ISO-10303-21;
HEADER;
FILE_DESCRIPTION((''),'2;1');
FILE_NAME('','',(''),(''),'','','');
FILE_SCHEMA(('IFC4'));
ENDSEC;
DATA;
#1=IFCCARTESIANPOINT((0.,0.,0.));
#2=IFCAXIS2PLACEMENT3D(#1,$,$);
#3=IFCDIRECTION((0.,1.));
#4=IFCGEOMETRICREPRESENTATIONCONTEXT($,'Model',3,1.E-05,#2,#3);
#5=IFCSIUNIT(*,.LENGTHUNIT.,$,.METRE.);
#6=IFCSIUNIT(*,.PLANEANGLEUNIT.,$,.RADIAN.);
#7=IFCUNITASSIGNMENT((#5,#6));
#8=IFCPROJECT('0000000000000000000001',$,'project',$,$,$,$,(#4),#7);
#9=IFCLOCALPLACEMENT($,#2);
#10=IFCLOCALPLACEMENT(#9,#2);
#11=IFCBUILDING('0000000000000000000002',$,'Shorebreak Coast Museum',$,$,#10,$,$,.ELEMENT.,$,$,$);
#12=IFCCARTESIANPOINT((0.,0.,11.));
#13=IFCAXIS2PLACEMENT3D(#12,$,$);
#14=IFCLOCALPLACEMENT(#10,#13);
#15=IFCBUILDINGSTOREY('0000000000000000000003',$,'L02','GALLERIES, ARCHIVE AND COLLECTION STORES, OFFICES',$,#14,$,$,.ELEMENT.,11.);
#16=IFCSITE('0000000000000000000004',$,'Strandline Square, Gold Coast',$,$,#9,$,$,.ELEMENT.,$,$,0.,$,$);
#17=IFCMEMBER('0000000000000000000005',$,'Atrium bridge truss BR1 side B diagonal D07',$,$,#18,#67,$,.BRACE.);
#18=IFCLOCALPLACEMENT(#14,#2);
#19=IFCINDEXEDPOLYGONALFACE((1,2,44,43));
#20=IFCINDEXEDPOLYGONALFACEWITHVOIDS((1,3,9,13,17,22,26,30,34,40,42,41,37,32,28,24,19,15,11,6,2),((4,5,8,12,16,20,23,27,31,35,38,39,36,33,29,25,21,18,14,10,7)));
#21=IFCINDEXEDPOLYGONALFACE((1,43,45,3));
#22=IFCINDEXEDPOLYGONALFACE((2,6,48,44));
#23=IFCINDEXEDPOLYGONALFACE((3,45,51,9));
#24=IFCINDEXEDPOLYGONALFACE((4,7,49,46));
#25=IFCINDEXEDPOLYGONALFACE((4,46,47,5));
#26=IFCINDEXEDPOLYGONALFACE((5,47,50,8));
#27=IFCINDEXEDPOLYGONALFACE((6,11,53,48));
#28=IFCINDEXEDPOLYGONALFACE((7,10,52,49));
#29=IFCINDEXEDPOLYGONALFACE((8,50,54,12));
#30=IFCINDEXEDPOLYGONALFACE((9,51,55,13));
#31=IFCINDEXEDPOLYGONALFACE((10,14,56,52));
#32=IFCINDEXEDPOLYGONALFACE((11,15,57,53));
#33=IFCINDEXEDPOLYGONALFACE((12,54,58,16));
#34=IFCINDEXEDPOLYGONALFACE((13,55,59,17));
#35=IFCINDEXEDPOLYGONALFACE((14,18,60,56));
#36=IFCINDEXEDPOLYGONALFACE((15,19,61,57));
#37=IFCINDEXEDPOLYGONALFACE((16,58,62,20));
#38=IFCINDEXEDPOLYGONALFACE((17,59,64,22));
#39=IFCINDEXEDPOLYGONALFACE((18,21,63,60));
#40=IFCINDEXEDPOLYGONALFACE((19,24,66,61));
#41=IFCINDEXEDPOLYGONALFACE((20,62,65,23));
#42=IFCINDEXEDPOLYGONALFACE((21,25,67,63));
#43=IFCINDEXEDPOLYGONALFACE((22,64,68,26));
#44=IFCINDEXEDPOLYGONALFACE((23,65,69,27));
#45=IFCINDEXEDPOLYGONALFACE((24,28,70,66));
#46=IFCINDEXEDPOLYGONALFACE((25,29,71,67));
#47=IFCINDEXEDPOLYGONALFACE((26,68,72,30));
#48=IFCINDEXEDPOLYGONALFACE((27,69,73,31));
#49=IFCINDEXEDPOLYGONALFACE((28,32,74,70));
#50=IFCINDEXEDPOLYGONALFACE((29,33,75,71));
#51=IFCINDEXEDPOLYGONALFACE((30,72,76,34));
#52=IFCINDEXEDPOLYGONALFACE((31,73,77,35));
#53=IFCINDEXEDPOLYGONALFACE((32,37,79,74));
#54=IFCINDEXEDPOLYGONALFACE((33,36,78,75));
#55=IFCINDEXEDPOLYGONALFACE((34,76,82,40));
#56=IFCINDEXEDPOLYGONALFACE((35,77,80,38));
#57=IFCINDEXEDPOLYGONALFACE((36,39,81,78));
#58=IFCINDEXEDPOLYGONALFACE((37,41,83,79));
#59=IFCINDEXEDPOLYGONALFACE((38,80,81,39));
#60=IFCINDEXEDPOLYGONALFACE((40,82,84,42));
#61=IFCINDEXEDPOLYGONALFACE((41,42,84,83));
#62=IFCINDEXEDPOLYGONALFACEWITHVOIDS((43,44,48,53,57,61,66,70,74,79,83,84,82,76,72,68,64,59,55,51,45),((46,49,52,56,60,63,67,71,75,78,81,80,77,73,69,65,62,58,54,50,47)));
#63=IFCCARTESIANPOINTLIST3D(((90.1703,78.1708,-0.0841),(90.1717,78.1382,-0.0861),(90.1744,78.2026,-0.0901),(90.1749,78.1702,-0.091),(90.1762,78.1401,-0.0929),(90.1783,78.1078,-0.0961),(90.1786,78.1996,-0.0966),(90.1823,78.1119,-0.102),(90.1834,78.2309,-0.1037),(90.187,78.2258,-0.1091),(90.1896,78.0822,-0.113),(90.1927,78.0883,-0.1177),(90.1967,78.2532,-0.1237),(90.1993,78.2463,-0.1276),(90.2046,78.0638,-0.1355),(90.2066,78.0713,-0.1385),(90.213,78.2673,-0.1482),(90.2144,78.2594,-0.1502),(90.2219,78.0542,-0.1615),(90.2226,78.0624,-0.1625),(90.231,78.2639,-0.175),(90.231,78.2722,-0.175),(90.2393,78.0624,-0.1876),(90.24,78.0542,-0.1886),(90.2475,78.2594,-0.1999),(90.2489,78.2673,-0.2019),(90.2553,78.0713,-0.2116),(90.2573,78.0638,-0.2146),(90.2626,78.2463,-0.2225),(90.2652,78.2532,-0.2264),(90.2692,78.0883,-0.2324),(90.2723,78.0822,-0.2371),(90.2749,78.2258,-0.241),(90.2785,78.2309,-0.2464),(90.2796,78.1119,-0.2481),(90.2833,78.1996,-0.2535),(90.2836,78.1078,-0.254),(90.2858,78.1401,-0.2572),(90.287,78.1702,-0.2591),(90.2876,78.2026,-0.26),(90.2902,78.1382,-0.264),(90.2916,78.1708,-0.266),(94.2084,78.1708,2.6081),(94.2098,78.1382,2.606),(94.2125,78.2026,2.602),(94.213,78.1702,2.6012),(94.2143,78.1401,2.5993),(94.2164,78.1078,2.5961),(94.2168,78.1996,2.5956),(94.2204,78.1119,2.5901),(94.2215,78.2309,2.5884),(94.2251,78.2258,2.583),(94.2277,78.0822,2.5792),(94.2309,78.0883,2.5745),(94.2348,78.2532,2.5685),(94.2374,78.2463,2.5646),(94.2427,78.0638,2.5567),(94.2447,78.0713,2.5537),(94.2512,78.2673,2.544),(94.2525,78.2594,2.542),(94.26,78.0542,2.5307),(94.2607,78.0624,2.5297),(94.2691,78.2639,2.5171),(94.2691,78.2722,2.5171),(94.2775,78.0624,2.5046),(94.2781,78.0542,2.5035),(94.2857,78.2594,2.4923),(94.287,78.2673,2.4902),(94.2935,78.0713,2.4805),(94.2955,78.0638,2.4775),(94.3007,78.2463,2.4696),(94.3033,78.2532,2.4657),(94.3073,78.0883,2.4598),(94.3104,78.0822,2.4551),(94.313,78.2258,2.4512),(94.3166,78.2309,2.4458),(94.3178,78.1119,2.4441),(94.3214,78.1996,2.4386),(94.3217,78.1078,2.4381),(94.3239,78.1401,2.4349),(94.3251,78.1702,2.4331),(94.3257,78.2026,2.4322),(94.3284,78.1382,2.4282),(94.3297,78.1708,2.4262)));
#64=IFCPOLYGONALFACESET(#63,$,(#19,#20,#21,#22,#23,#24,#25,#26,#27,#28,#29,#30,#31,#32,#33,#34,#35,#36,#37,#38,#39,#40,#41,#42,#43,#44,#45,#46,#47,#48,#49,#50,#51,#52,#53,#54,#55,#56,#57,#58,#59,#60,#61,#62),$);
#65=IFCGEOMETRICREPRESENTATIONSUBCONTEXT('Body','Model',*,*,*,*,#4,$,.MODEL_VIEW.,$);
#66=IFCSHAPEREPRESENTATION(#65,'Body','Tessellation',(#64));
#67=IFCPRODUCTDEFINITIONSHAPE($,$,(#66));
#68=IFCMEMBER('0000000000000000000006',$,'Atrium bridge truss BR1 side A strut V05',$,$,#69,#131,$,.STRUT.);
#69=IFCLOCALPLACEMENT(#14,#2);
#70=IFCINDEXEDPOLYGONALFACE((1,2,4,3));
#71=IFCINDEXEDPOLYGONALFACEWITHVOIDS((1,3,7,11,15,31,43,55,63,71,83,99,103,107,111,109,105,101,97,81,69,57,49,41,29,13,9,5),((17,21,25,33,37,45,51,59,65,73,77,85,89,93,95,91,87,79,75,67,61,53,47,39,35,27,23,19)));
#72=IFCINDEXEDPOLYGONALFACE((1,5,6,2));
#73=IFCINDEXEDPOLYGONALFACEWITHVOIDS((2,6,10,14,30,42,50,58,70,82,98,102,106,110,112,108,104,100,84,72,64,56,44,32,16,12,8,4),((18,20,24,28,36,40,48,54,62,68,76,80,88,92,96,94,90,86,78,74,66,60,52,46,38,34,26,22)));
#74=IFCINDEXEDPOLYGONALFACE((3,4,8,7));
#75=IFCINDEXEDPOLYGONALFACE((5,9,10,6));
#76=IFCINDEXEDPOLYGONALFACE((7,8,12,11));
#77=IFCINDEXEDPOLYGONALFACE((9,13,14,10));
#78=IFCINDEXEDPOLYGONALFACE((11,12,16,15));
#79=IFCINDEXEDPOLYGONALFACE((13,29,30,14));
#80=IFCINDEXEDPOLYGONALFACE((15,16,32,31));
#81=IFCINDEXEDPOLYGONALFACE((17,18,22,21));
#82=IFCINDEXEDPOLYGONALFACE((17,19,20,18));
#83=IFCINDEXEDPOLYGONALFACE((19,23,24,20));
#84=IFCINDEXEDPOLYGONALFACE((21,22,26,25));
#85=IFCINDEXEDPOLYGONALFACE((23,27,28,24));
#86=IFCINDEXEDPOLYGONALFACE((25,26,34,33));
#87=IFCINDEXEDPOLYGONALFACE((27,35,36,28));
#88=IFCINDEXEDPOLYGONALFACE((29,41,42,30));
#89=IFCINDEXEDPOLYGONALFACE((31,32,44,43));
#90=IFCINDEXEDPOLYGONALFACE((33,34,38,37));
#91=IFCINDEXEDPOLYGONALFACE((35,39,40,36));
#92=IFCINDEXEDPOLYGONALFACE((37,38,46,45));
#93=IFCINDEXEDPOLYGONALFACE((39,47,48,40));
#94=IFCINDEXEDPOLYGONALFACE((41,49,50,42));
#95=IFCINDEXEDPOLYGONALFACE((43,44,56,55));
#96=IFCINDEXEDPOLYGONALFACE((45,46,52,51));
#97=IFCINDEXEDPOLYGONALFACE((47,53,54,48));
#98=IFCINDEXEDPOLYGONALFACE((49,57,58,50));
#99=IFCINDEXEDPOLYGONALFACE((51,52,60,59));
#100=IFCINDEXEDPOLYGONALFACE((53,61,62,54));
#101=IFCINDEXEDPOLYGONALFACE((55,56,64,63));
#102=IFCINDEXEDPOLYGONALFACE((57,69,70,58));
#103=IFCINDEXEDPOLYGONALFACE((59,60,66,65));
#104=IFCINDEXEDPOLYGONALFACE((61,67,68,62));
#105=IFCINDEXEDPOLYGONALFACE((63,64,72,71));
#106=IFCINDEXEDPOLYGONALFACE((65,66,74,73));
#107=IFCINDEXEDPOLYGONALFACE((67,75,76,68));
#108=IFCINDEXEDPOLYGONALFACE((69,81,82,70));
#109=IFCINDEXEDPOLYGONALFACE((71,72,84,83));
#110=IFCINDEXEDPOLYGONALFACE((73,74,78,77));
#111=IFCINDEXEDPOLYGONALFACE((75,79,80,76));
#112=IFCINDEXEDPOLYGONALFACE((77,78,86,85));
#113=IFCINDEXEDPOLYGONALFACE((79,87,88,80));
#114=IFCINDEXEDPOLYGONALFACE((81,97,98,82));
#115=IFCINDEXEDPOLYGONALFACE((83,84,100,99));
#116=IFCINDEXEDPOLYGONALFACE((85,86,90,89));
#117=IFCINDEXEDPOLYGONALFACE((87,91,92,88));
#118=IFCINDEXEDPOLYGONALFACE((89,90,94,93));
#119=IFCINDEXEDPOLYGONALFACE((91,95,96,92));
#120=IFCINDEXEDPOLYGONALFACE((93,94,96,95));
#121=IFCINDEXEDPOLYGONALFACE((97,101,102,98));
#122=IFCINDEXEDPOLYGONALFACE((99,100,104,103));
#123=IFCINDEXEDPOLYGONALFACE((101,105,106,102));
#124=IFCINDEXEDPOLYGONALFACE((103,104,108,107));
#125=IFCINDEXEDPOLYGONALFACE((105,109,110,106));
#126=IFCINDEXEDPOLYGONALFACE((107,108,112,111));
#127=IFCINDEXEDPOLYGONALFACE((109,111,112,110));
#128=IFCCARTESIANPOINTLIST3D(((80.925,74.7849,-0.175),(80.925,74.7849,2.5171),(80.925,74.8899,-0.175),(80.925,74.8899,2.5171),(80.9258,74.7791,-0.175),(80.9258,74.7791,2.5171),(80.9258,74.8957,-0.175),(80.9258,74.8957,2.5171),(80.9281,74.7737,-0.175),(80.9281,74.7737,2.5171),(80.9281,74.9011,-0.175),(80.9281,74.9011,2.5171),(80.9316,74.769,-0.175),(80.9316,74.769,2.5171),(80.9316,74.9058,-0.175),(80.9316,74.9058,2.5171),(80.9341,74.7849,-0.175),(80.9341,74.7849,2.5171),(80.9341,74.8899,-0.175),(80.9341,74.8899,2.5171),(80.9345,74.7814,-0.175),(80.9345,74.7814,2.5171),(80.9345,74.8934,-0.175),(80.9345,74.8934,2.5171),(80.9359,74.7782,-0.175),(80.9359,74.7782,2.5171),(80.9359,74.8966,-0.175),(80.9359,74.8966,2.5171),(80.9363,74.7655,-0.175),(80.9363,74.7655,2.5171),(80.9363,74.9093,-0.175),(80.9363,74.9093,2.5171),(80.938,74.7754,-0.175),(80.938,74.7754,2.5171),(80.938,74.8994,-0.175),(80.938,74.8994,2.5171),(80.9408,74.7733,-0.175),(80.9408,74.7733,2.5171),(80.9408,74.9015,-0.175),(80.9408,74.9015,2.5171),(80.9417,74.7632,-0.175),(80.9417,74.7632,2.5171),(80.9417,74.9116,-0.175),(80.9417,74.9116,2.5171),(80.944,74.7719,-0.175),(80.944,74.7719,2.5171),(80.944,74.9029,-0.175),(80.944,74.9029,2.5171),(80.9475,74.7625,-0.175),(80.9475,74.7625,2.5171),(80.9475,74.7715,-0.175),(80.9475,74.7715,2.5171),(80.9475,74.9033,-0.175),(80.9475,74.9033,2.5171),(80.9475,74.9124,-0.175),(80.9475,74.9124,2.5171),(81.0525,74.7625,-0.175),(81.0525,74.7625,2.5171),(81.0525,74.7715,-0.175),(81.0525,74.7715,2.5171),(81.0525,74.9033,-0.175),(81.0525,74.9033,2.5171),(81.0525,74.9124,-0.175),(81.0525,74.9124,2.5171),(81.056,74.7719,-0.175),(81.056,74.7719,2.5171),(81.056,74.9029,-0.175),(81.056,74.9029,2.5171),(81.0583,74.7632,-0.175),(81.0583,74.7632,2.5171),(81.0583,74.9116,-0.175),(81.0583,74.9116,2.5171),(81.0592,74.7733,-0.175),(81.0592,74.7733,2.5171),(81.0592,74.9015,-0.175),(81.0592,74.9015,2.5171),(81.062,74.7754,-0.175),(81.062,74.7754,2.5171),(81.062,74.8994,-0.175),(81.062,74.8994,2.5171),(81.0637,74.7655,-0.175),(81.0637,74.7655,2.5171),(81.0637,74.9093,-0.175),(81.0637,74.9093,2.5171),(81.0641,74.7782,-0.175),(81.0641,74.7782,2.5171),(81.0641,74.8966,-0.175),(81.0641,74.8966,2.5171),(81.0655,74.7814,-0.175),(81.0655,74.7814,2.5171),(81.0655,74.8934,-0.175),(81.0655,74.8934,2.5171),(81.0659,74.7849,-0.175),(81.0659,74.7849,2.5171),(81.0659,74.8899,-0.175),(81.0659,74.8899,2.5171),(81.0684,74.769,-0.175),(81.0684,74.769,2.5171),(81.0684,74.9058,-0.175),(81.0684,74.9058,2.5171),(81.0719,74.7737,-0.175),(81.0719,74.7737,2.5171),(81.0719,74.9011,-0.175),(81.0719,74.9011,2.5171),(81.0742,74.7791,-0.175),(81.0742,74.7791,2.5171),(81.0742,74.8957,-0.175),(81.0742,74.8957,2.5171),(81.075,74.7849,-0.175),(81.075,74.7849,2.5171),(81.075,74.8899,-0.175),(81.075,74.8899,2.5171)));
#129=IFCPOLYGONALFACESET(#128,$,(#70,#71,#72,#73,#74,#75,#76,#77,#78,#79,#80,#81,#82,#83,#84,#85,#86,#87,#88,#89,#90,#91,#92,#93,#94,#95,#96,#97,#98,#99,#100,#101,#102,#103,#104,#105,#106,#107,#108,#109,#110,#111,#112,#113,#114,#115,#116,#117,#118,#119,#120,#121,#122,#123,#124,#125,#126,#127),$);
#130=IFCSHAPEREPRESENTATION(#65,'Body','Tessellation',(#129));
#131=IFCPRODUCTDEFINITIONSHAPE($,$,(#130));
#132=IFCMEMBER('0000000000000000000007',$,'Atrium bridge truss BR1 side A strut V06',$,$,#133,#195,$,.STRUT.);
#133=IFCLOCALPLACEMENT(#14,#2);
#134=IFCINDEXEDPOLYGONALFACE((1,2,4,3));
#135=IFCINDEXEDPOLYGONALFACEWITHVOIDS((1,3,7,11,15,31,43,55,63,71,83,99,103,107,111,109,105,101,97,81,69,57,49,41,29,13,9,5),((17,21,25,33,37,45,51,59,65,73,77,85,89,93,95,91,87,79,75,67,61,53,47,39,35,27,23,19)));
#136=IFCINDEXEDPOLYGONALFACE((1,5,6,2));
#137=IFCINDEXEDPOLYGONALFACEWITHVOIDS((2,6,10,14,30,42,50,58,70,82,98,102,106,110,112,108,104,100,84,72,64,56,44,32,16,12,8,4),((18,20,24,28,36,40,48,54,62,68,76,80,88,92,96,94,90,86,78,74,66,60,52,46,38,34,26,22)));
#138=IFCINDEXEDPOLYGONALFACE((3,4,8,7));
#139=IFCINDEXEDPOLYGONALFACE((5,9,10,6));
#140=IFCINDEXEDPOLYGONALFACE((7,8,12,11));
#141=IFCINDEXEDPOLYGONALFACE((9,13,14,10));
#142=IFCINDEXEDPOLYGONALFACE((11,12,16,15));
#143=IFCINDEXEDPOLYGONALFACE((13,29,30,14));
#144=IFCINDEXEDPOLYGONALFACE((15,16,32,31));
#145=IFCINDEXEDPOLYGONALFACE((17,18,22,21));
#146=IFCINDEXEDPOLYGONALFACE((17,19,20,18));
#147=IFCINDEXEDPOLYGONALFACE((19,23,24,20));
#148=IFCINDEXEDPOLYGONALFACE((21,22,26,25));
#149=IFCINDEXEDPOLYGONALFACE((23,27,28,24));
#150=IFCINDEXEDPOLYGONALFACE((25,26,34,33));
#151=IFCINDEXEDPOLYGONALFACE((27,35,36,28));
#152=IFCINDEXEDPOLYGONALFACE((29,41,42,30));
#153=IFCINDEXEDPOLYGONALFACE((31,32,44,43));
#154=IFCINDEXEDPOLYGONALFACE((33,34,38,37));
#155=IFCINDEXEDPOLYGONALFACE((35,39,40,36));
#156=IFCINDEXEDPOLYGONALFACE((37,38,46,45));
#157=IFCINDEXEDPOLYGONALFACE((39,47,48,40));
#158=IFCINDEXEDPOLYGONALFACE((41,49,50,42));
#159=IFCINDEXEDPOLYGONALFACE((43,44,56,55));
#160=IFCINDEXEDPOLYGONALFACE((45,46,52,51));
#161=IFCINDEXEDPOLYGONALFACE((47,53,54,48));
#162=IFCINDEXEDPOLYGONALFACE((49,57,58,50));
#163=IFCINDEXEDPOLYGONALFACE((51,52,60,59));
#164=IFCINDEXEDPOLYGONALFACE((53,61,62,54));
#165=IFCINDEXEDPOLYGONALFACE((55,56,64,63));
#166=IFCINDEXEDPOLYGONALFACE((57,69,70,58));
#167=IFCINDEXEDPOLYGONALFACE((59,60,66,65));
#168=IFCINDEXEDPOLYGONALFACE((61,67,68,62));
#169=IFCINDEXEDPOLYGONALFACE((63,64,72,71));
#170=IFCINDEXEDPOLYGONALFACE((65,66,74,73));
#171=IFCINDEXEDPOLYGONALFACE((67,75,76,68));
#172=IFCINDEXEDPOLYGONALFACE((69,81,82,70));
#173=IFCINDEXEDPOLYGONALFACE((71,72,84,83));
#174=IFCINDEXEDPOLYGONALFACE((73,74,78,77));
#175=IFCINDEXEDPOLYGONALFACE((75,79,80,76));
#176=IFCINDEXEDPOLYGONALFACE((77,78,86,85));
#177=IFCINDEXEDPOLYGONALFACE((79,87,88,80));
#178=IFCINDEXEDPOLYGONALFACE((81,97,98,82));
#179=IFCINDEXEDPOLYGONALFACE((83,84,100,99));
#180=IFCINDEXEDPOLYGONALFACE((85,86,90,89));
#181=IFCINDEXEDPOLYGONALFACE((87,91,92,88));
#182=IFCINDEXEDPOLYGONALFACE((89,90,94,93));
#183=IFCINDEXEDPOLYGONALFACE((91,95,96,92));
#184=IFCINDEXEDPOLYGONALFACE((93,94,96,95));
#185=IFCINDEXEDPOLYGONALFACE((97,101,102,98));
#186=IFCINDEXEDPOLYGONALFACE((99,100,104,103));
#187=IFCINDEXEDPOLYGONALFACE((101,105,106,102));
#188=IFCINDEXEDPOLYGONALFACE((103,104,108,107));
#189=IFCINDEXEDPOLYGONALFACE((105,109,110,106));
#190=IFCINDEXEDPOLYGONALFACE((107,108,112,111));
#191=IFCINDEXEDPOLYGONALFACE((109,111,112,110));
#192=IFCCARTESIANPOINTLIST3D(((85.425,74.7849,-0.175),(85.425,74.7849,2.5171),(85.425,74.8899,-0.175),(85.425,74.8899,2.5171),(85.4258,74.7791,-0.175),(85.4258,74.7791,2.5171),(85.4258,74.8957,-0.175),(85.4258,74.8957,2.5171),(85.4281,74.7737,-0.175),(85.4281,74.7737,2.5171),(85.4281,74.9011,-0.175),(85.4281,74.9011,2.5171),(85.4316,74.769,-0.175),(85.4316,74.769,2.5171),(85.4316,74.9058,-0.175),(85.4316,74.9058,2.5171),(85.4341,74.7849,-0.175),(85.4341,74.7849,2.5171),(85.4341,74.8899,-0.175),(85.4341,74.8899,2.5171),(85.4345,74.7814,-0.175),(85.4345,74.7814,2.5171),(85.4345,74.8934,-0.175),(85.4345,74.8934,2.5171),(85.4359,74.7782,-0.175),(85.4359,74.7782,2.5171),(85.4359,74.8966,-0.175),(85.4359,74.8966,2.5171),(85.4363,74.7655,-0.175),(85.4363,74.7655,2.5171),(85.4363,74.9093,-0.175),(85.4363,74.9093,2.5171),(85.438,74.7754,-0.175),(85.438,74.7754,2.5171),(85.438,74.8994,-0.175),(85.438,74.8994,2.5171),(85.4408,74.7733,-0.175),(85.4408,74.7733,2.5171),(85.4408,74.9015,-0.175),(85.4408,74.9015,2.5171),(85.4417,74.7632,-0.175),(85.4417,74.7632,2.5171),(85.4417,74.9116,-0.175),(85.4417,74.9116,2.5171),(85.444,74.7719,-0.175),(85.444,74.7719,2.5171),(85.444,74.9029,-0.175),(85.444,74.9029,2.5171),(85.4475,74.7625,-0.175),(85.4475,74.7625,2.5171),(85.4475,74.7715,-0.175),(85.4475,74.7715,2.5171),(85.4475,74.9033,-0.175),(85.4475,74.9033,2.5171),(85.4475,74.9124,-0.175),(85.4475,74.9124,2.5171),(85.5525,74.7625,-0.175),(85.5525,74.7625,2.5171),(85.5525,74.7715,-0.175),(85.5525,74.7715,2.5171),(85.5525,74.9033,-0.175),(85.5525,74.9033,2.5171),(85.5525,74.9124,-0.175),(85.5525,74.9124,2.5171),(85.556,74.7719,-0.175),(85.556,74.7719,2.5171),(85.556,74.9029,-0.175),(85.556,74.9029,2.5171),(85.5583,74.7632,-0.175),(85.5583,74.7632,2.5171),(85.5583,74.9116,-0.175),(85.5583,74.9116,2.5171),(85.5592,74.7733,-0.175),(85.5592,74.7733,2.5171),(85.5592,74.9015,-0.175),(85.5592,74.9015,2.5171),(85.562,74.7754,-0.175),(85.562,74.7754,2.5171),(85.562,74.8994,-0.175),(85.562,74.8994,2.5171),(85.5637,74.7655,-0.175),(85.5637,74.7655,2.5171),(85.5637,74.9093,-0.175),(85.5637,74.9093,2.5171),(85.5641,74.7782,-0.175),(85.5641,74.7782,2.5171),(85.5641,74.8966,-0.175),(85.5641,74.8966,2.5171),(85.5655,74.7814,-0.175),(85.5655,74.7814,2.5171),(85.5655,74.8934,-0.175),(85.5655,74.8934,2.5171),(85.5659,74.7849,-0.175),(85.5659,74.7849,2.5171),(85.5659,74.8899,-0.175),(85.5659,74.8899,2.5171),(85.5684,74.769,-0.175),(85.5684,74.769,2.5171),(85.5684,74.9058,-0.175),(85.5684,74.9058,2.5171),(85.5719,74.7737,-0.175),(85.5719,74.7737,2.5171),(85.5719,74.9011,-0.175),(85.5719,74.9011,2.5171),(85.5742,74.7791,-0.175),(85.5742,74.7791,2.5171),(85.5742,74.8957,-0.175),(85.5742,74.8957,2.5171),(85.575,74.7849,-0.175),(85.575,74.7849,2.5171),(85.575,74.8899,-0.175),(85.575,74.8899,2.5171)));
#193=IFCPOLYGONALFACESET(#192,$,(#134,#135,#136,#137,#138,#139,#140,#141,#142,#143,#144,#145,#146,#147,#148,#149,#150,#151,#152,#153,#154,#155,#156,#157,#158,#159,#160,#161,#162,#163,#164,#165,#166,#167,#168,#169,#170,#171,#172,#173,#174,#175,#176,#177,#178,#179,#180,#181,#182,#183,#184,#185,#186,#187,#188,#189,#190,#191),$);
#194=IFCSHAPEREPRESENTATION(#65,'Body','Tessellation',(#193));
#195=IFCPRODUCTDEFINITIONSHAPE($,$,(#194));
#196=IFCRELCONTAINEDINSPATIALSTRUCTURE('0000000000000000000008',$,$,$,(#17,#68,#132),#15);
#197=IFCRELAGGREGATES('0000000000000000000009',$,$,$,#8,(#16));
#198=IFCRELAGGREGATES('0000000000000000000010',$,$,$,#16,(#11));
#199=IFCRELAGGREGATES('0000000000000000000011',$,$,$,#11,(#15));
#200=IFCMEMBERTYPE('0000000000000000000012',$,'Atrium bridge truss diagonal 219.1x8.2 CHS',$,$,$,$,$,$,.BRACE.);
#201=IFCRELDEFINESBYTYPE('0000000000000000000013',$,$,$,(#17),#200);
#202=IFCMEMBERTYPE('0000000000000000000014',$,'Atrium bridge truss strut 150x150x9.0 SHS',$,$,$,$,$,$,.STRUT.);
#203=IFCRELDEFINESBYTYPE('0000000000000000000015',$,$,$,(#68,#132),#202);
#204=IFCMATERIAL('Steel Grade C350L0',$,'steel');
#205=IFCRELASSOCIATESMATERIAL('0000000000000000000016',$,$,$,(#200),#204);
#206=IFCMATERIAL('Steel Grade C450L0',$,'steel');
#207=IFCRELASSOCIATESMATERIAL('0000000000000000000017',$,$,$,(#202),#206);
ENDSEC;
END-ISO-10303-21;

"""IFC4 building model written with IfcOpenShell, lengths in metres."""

from ifc_helpers import new_model, si_unit, direction, frame, origin, origin_2d, place, context, subcontext, project, spatial, hollow_rectangle, hollow_circle, extrude, material, material_profile, profile_set, type_object, element, save


model = new_model("IFC4")

# Units and contexts
model_context = context("Model", 3, precision=1e-05, world=origin(), true_north=direction((0.0, 1.0)))
body_context = subcontext(model_context, "Body", "Model", "MODEL_VIEW")
ifc_project = project(units=[si_unit("LENGTHUNIT", "METRE"), si_unit("PLANEANGLEUNIT", "RADIAN")], contexts=[model_context])

# Site, building, storey
site_placement = place(None, origin())
site = spatial("IfcSite", under=ifc_project, at=site_placement, Name="Strandline Square, Gold Coast", CompositionType="ELEMENT", RefElevation=0.0)
building_placement = place(site_placement, origin())
building = spatial("IfcBuilding", under=site, at=building_placement, Name="Shorebreak Coast Museum", CompositionType="ELEMENT")
storey_placement = place(building_placement, frame((0.0, 0.0, 11.0)))
storey = spatial("IfcBuildingStorey", under=building, at=storey_placement, Name="L02", Description="GALLERIES, ARCHIVE AND COLLECTION STORES, OFFICES", CompositionType="ELEMENT", Elevation=11.0)

# Members
ifc_material_1 = material(Name="Steel Grade C350L0", Category="steel")
ifc_material_profile_1 = material_profile(ifc_material_1, hollow_circle(Radius=0.1096, WallThickness=0.0083, at=origin_2d()), Name="219.1x8.2 CHS")
ifc_profile_set_1 = profile_set([ifc_material_profile_1], Name="Steel Grade C350L0")
member_type_1 = type_object("IfcMemberType", Name="Atrium bridge truss diagonal 219.1x8.2 CHS", PredefinedType="BRACE", material=ifc_profile_set_1)
for number, where, z_axis, x_axis, name in (
    (1, (90.231, 78.1626, -0.175), (0.832043, 0.0, 0.554712), (0.0, 1.0, 0.0), "Atrium bridge truss BR1 side B diagonal D07"),
):
    element("IfcMember", number, at=place(storey_placement, frame(where, z_axis=z_axis, x_axis=x_axis)), inside=storey, type_object=member_type_1, Name=name, PredefinedType="BRACE", context=body_context, shape_type="SweptSolid", body=[
        extrude(hollow_circle(Radius=0.1096, WallThickness=0.0083, at=origin_2d()), origin(), (0.0, 0.0, 1.0), 4.8533),
    ])
ifc_material_2 = material(Name="Steel Grade C450L0", Category="steel")
ifc_material_profile_2 = material_profile(ifc_material_2, hollow_rectangle(XDim=0.1499, YDim=0.1499, WallThickness=0.009, InnerFilletRadius=0.0134, OuterFilletRadius=0.0225, at=origin_2d()), Name="150x150x9.0 SHS")
ifc_profile_set_2 = profile_set([ifc_material_profile_2], Name="Steel Grade C450L0")
member_type_2 = type_object("IfcMemberType", Name="Atrium bridge truss strut 150x150x9.0 SHS", PredefinedType="STRUT", material=ifc_profile_set_2)
for number, where, z_axis, x_axis, name in (
    (2, (81.0, 74.8374, -0.175), (0.0, 0.0, 1.0), (1.0, 0.0, 0.0), "Atrium bridge truss BR1 side A strut V05"),
    (3, (85.5, 74.8374, -0.175), (0.0, 0.0, 1.0), (1.0, 0.0, 0.0), "Atrium bridge truss BR1 side A strut V06"),
):
    element("IfcMember", number, at=place(storey_placement, frame(where, z_axis=z_axis, x_axis=x_axis)), inside=storey, type_object=member_type_2, Name=name, PredefinedType="STRUT", context=body_context, shape_type="SweptSolid", body=[
        extrude(hollow_rectangle(XDim=0.1499, YDim=0.1499, WallThickness=0.009, InnerFilletRadius=0.0134, OuterFilletRadius=0.0225, at=origin_2d()), origin(), (0.0, 0.0, 1.0), 2.6921),
    ])

save(model, "model.ifc")
